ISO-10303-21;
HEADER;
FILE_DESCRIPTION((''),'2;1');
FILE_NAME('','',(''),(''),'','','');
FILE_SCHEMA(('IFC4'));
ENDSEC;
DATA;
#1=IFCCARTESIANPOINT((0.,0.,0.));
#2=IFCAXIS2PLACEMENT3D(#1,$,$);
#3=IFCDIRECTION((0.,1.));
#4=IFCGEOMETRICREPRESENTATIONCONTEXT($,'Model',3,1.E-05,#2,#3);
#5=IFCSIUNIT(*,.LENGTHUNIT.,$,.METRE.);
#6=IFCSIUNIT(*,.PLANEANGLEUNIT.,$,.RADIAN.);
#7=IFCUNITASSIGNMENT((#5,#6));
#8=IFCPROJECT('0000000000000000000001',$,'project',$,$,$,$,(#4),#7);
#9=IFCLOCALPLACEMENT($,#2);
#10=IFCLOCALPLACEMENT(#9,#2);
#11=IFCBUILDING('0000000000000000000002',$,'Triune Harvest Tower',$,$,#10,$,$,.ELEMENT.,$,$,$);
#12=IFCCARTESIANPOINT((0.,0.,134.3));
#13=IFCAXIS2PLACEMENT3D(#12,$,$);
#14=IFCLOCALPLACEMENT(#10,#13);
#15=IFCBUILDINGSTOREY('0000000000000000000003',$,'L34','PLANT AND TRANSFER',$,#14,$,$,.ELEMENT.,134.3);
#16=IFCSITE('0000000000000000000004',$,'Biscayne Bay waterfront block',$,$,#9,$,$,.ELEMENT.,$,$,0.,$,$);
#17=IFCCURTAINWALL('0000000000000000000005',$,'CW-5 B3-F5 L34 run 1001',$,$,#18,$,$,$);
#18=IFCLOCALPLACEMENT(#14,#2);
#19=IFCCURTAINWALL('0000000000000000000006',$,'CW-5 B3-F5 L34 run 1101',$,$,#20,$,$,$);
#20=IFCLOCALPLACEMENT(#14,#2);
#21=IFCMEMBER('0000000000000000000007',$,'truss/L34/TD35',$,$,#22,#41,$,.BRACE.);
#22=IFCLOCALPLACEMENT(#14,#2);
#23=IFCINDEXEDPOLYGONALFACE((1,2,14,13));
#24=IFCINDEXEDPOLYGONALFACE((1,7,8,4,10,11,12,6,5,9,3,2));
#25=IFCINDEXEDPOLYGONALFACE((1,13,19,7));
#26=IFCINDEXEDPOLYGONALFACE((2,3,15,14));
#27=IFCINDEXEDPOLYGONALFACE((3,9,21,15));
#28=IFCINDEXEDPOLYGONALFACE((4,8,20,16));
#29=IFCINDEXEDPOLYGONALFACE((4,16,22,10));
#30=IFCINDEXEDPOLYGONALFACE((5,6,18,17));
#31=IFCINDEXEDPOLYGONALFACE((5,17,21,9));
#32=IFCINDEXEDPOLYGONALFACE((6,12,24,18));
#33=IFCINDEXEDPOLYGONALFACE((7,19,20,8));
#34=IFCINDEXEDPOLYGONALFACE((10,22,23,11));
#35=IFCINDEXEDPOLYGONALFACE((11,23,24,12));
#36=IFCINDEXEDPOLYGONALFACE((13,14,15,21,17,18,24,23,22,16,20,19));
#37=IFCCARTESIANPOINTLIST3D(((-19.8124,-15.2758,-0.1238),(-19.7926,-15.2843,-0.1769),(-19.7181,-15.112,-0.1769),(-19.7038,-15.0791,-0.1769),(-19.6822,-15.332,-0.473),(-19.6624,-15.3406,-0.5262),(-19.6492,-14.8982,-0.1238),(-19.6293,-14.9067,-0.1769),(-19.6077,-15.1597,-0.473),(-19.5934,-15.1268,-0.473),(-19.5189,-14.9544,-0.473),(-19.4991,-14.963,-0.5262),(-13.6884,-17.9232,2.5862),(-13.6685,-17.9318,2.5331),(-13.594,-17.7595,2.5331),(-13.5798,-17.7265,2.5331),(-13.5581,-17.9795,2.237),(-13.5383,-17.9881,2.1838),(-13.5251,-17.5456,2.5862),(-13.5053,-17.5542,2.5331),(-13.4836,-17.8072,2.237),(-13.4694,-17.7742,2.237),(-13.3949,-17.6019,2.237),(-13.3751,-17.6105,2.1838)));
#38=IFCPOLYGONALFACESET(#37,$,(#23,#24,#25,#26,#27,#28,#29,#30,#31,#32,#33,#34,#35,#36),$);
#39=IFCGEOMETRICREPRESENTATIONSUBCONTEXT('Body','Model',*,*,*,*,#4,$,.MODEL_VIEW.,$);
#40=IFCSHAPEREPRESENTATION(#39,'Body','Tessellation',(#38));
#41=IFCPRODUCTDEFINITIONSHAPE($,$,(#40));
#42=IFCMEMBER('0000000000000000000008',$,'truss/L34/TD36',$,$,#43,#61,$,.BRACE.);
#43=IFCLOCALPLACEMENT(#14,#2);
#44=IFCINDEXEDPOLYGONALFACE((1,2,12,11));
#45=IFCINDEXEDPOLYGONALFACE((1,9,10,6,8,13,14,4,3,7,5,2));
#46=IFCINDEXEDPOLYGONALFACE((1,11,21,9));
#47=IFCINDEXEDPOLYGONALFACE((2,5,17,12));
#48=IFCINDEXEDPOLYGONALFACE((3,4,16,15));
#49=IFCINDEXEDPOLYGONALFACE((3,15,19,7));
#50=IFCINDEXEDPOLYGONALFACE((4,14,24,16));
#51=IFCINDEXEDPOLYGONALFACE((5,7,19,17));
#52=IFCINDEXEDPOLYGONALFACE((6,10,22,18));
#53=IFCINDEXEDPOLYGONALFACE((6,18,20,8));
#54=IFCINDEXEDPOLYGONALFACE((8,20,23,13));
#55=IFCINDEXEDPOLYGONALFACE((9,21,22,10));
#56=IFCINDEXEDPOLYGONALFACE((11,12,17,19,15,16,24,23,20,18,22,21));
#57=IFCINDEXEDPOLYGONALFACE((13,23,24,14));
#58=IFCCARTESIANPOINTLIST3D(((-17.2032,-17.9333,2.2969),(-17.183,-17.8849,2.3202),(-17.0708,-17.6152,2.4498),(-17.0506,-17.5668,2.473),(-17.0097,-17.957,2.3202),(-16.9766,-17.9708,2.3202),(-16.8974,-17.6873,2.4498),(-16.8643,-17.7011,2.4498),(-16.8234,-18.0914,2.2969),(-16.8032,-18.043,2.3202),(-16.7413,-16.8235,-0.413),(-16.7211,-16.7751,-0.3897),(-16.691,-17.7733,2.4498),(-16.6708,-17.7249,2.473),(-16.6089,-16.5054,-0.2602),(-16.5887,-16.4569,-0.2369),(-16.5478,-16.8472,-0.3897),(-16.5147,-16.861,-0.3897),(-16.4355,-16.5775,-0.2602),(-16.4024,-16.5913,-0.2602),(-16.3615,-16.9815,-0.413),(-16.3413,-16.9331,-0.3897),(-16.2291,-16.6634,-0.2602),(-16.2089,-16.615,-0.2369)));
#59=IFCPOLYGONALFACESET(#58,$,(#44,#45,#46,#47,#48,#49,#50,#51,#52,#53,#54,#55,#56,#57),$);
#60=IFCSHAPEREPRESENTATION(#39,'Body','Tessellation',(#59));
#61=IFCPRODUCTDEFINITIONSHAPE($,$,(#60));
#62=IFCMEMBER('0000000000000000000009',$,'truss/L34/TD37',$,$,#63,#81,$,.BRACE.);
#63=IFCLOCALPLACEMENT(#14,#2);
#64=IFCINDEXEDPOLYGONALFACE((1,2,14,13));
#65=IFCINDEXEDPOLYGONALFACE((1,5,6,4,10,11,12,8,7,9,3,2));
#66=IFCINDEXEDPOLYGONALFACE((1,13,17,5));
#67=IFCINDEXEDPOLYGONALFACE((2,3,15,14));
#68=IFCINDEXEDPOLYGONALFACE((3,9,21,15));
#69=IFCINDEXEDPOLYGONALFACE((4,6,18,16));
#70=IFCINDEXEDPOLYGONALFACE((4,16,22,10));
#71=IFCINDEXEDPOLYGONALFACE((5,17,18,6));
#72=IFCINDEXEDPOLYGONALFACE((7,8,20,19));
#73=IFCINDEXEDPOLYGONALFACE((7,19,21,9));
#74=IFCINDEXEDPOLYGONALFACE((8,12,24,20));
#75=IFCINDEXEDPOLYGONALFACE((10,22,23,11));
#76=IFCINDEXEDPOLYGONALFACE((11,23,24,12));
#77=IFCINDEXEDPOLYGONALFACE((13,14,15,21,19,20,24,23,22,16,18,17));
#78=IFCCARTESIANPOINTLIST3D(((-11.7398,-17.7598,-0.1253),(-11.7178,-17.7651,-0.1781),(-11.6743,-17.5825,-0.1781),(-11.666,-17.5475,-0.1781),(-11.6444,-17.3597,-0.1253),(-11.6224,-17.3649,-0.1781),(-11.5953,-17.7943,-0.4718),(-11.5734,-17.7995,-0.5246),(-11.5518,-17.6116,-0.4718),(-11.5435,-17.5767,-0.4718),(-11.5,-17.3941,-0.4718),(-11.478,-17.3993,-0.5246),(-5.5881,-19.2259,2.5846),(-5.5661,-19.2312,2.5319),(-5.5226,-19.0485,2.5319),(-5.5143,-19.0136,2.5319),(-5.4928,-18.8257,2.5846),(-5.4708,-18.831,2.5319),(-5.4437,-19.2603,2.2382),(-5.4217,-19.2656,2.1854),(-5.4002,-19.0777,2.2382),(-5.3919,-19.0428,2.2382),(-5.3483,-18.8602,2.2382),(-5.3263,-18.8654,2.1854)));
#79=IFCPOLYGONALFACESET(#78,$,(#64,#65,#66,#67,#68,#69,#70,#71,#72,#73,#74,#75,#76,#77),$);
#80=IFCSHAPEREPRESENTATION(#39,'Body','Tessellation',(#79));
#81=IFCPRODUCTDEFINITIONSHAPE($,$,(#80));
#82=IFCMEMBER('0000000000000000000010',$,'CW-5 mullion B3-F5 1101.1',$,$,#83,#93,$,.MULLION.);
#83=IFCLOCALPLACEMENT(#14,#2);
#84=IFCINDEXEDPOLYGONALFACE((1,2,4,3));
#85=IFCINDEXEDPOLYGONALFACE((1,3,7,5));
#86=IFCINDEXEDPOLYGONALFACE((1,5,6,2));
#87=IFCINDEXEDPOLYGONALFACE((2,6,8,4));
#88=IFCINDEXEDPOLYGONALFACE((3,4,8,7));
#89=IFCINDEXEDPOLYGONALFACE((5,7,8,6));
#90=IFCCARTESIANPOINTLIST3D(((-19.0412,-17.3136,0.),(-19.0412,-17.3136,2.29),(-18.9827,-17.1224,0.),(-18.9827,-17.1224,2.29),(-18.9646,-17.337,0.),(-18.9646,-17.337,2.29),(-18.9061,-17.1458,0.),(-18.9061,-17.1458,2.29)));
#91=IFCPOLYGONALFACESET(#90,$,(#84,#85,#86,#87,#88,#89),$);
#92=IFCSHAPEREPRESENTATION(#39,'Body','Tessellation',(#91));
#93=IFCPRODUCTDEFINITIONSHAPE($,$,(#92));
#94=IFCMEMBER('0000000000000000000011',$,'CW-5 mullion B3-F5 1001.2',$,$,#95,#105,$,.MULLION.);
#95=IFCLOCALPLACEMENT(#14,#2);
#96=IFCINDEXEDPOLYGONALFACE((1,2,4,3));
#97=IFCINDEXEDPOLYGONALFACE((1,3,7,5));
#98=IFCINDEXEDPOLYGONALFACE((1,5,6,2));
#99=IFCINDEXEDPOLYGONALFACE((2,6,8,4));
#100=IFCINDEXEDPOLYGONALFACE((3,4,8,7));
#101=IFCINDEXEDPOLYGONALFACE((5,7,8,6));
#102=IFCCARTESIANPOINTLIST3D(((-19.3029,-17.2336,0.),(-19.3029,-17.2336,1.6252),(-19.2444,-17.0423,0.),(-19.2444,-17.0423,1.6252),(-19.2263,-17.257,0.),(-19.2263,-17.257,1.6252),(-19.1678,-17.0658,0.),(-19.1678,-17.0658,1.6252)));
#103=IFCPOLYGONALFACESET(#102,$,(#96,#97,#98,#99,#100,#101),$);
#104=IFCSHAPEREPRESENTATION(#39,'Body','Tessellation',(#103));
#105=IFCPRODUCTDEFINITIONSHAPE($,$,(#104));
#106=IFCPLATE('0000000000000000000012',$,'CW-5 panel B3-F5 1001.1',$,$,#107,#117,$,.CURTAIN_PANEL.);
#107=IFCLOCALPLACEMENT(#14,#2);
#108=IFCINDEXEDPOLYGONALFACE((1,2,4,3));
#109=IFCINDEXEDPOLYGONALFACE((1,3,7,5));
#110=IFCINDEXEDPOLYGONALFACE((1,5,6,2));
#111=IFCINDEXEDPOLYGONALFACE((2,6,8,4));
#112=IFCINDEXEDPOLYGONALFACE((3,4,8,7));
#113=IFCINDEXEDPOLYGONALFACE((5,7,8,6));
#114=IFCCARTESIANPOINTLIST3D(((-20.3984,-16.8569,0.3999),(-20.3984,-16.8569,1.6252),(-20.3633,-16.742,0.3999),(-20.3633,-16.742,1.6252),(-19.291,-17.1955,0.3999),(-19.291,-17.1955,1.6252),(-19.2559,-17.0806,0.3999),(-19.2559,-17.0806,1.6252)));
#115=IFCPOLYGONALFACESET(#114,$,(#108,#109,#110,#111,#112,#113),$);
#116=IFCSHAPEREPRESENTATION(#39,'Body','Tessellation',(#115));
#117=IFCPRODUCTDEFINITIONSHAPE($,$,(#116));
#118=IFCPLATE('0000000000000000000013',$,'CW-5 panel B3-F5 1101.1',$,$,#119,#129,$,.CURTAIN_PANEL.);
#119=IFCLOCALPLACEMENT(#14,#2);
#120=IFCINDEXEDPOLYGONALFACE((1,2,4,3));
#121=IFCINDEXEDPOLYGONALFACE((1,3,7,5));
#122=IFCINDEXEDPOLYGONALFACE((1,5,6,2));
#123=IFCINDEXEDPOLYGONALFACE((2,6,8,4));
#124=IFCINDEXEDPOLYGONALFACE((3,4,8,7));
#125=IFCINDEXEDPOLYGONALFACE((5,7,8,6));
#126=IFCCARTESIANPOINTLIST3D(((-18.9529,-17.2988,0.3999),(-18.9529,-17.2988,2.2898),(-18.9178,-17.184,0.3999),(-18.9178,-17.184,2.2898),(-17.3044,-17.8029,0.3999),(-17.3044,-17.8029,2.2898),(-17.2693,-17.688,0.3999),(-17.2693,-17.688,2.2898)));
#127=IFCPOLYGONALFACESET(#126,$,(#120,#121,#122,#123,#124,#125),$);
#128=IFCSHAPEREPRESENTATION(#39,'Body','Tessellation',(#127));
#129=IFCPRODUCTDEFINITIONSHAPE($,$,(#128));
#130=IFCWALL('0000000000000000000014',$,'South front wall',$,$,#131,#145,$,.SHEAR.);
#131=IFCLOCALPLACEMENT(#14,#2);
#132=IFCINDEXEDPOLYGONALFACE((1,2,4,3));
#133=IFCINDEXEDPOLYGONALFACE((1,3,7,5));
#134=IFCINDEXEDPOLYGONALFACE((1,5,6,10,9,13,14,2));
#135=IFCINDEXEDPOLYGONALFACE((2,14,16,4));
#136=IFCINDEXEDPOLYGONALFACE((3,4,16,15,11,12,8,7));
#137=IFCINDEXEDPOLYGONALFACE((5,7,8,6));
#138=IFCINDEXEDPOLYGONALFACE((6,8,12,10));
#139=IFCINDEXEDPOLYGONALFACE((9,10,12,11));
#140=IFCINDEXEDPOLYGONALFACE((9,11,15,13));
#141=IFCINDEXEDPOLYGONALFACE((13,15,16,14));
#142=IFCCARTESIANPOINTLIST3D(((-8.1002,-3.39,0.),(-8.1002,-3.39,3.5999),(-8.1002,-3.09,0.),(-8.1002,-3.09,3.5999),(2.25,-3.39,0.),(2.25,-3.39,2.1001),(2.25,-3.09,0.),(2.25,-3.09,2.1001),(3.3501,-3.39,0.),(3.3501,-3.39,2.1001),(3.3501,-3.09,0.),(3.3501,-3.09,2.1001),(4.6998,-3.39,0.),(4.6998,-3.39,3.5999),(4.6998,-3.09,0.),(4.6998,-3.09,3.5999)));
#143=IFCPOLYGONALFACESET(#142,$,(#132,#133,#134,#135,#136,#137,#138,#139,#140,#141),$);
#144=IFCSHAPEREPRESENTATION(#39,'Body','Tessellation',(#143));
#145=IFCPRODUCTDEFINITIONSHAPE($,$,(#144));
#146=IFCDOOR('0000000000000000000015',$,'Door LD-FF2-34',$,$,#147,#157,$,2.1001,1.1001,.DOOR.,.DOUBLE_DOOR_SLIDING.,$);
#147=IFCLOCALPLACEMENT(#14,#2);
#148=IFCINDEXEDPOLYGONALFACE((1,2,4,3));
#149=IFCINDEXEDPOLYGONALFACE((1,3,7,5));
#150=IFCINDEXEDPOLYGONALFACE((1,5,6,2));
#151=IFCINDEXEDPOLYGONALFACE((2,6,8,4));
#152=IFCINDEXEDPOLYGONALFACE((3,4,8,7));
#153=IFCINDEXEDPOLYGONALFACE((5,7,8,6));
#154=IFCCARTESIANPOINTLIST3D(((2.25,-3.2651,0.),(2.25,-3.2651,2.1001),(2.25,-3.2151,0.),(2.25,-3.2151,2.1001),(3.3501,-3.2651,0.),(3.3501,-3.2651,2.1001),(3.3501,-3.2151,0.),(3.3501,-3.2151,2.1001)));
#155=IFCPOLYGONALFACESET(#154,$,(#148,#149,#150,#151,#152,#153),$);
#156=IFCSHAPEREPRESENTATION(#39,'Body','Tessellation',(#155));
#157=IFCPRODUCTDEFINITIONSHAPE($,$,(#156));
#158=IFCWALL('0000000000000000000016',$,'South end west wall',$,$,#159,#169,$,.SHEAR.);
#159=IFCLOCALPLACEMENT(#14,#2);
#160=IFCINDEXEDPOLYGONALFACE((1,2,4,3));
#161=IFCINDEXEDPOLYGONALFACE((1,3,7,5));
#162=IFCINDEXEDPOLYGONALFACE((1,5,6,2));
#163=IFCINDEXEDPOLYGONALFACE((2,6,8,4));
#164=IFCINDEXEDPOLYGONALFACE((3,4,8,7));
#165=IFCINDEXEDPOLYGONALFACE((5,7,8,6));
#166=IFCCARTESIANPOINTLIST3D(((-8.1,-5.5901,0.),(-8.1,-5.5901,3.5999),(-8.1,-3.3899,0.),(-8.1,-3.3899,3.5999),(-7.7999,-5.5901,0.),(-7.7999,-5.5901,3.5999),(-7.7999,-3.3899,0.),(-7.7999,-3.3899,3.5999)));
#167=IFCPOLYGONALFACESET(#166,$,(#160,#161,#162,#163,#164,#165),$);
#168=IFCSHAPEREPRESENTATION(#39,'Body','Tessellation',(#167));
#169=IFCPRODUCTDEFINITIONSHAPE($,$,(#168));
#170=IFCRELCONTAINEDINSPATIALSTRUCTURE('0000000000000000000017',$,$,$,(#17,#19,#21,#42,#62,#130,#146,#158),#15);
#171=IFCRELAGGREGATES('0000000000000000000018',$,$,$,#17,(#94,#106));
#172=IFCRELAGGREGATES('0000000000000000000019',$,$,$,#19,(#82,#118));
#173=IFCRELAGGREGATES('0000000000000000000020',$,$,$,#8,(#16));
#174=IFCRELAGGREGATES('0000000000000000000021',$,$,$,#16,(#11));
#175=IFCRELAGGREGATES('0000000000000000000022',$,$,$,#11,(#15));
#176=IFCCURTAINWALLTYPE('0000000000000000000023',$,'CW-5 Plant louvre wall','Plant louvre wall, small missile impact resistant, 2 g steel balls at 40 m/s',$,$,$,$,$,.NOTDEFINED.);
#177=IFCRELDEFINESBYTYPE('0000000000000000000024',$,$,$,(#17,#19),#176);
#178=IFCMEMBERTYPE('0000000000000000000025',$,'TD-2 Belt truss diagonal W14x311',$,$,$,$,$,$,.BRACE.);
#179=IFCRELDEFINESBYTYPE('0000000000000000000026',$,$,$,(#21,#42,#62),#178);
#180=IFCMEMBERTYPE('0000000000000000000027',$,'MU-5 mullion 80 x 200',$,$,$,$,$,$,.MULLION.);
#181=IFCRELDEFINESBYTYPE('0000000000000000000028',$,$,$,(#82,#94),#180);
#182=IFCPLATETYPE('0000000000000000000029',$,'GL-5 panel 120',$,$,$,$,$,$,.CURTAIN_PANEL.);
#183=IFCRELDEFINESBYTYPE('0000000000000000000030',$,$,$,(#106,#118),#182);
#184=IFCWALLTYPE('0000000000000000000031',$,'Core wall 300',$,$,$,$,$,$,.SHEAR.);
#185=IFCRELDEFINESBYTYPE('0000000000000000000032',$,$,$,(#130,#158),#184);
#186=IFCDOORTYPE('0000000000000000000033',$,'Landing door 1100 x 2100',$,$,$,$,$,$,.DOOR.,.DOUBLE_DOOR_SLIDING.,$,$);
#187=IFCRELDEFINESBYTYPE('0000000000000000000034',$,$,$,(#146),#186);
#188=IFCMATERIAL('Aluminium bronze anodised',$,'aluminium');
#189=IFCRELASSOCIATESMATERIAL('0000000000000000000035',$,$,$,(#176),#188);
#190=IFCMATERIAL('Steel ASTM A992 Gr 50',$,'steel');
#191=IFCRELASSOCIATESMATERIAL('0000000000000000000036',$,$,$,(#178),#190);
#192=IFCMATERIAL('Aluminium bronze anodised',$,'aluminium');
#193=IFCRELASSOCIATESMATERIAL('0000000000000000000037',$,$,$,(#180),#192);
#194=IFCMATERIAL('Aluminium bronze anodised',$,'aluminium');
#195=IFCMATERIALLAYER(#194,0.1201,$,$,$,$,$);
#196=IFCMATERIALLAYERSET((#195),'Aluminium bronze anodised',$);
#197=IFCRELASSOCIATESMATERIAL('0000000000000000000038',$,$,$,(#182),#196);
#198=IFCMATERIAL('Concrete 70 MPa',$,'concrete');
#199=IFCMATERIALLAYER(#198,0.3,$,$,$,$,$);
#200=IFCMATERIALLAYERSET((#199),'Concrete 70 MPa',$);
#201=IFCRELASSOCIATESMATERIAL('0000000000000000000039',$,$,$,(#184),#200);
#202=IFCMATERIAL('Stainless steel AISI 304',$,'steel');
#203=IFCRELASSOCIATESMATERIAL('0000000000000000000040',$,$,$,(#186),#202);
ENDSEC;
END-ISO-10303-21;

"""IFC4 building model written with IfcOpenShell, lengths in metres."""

from ifc_helpers import new_model, si_unit, direction, frame, frame_2d, origin, origin_2d, place, context, subcontext, project, spatial, rectangle, i_section, extrude, source, transform, mapped, material, layer, layer_set, material_profile, profile_set, type_object, element, fill, aggregate, save


model = new_model("IFC4")

# Units and contexts
model_context = context("Model", 3, precision=1e-05, world=origin(), true_north=direction((0.0, 1.0)))
body_context = subcontext(model_context, "Body", "Model", "MODEL_VIEW")
ifc_project = project(units=[si_unit("LENGTHUNIT", "METRE"), si_unit("PLANEANGLEUNIT", "RADIAN")], contexts=[model_context])

# Site, building, storey
site_placement = place(None, origin())
site = spatial("IfcSite", under=ifc_project, at=site_placement, Name="Biscayne Bay waterfront block", CompositionType="ELEMENT", RefElevation=0.0)
building_placement = place(site_placement, origin())
building = spatial("IfcBuilding", under=site, at=building_placement, Name="Triune Harvest Tower", CompositionType="ELEMENT")
storey_placement = place(building_placement, frame((0.0, 0.0, 134.3)))
storey = spatial("IfcBuildingStorey", under=building, at=storey_placement, Name="L34", Description="PLANT AND TRANSFER", CompositionType="ELEMENT", Elevation=134.3)

# Curtain walls
ifc_material_1 = material(Name="Aluminium bronze anodised", Category="aluminium")
curtain_wall_type = type_object("IfcCurtainWallType", Name="CW-5 Plant louvre wall", Description="Plant louvre wall, small missile impact resistant, 2 g steel balls at 40 m/s", PredefinedType="NOTDEFINED", material=ifc_material_1)
curtain_wall_1_placement = place(storey_placement, origin())
curtain_wall_1 = element("IfcCurtainWall", 1, at=curtain_wall_1_placement, inside=storey, type_object=curtain_wall_type, Name="CW-5 B3-F5 L34 run 1001")
curtain_wall_2_placement = place(storey_placement, origin())
curtain_wall_2 = element("IfcCurtainWall", 2, at=curtain_wall_2_placement, inside=storey, type_object=curtain_wall_type, Name="CW-5 B3-F5 L34 run 1101")

# Members
ifc_material_2 = material(Name="Steel ASTM A992 Gr 50", Category="steel")
ifc_material_profile_1 = material_profile(ifc_material_2, i_section(OverallWidth=0.4114, OverallDepth=0.4343, WebThickness=0.0359, FlangeThickness=0.0574, at=origin_2d()), Name="W14x311")
ifc_profile_set_1 = profile_set([ifc_material_profile_1], Name="Steel ASTM A992 Gr 50")
member_type_1 = type_object("IfcMemberType", Name="TD-2 Belt truss diagonal W14x311", PredefinedType="BRACE", material=ifc_profile_set_1)
shared_shape_1 = source(origin(), body_context, "Body", "SweptSolid", [
    extrude(i_section(OverallWidth=0.4114, OverallDepth=0.4343, WebThickness=0.0359, FlangeThickness=0.0574, at=origin_2d()), origin(), (0.0, 0.0, 1.0), 7.2012),
])
member_1_placement = place(storey_placement, frame((-19.6558, -15.1194, -0.325), z_axis=(0.850423, -0.367644, 0.376323), x_axis=(0.396814, 0.917899, 0.0)))
element("IfcMember", 3, at=member_1_placement, inside=storey, type_object=member_type_1, Name="truss/L34/TD35", PredefinedType="BRACE", context=body_context, shape_type="MappedRepresentation", body=[
    mapped(shared_shape_1, transform((0.0, 0.0, 0.0), scale=1.0)),
])
shared_shape_2 = source(origin(), body_context, "Body", "SweptSolid", [
    extrude(i_section(OverallWidth=0.4114, OverallDepth=0.4343, WebThickness=0.0359, FlangeThickness=0.0574, at=origin_2d()), origin(), (0.0, 0.0, 1.0), 2.9646),
])
member_2_placement = place(storey_placement, frame((-16.4751, -16.7192, -0.325), z_axis=(-0.155808, -0.374368, 0.914097), x_axis=(0.923233, -0.38424, 0.0)))
element("IfcMember", 4, at=member_2_placement, inside=storey, type_object=member_type_1, Name="truss/L34/TD36", PredefinedType="BRACE", context=body_context, shape_type="MappedRepresentation", body=[
    mapped(shared_shape_2, transform((0.0, 0.0, 0.0), scale=1.0)),
])
shared_shape_3 = source(origin(), body_context, "Body", "SweptSolid", [
    extrude(i_section(OverallWidth=0.4114, OverallDepth=0.4343, WebThickness=0.0359, FlangeThickness=0.0574, at=origin_2d()), origin(), (0.0, 0.0, 1.0), 6.8801),
])
member_3_placement = place(storey_placement, frame((-11.6089, -17.5796, -0.325), z_axis=(0.894119, -0.213088, 0.393885), x_axis=(0.231829, 0.972756, 0.0)))
element("IfcMember", 5, at=member_3_placement, inside=storey, type_object=member_type_1, Name="truss/L34/TD37", PredefinedType="BRACE", context=body_context, shape_type="MappedRepresentation", body=[
    mapped(shared_shape_3, transform((0.0, 0.0, 0.0), scale=1.0)),
])

# Members
ifc_material_3 = material(Name="Aluminium bronze anodised", Category="aluminium")
ifc_material_profile_2 = material_profile(ifc_material_3, rectangle(XDim=0.2, YDim=0.0801, at=origin_2d()), Name="MU-5 mullion 80 x 200")
ifc_profile_set_2 = profile_set([ifc_material_profile_2], Name="Aluminium bronze anodised")
member_type_2 = type_object("IfcMemberType", Name="MU-5 mullion 80 x 200", PredefinedType="MULLION", material=ifc_profile_set_2)
shared_shape_4 = source(origin(), body_context, "Body", "SweptSolid", [
    extrude(rectangle(XDim=0.2, YDim=0.0801, at=origin_2d()), origin(), (0.0, 0.0, 1.0), 2.29),
])
member_4_placement = place(storey_placement, frame((-18.9736, -17.2297, 0.0), z_axis=(0.0, 0.0, 1.0), x_axis=(0.292384, 0.956301, 0.0)))
member_4 = element("IfcMember", 6, at=member_4_placement, type_object=member_type_2, Name="CW-5 mullion B3-F5 1101.1", PredefinedType="MULLION", context=body_context, shape_type="MappedRepresentation", body=[
    mapped(shared_shape_4, transform((0.0, 0.0, 0.0), scale=1.0)),
])
shared_shape_5 = source(origin(), body_context, "Body", "SweptSolid", [
    extrude(rectangle(XDim=0.2, YDim=0.0801, at=origin_2d()), origin(), (0.0, 0.0, 1.0), 1.6252),
])
member_5_placement = place(storey_placement, frame((-19.2354, -17.1497, 0.0), z_axis=(0.0, 0.0, 1.0), x_axis=(0.292363, 0.956307, 0.0)))
member_5 = element("IfcMember", 7, at=member_5_placement, type_object=member_type_2, Name="CW-5 mullion B3-F5 1001.2", PredefinedType="MULLION", context=body_context, shape_type="MappedRepresentation", body=[
    mapped(shared_shape_5, transform((0.0, 0.0, 0.0), scale=1.0)),
])

# Plates
ifc_material_4 = material(Name="Aluminium bronze anodised", Category="aluminium")
ifc_layer_1 = layer(ifc_material_4, 0.1201)
ifc_layer_set_1 = layer_set([ifc_layer_1], Name="Aluminium bronze anodised")
plate_type = type_object("IfcPlateType", Name="GL-5 panel 120", PredefinedType="CURTAIN_PANEL", material=ifc_layer_set_1)
plate_1_placement = place(storey_placement, frame((-19.8271, -16.9688, 0.3999), z_axis=(0.0, 0.0, 1.0), x_axis=(0.956307, -0.292363, 0.0)))
plate_1 = element("IfcPlate", 8, at=plate_1_placement, type_object=plate_type, Name="CW-5 panel B3-F5 1001.1", PredefinedType="CURTAIN_PANEL", context=body_context, shape_type="SweptSolid", body=[
    extrude(rectangle(XDim=1.158, YDim=0.1201, at=origin_2d()), origin(), (0.0, 0.0, 1.0), 1.2253),
])
aggregate(curtain_wall_1, [member_5, plate_1])
plate_2_placement = place(storey_placement, frame((-18.1111, -17.4934, 0.3999), z_axis=(0.0, 0.0, 1.0), x_axis=(0.956301, -0.292384, 0.0)))
plate_2 = element("IfcPlate", 9, at=plate_2_placement, type_object=plate_type, Name="CW-5 panel B3-F5 1101.1", PredefinedType="CURTAIN_PANEL", context=body_context, shape_type="SweptSolid", body=[
    extrude(rectangle(XDim=1.7239, YDim=0.1201, at=origin_2d()), origin(), (0.0, 0.0, 1.0), 1.8899),
])
aggregate(curtain_wall_2, [member_4, plate_2])

# Wall, opening, door
ifc_material_5 = material(Name="Concrete 70 MPa", Category="concrete")
ifc_layer_2 = layer(ifc_material_5, 0.3)
ifc_layer_set_2 = layer_set([ifc_layer_2], Name="Concrete 70 MPa")
wall_type = type_object("IfcWallType", Name="Core wall 300", PredefinedType="SHEAR", material=ifc_layer_set_2)
wall_1_placement = place(storey_placement, frame((-8.1001, -3.24, 0.0), z_axis=(0.0, 0.0, 1.0), x_axis=(1.0, 0.0, 0.0)))
wall_1 = element("IfcWall", 10, at=wall_1_placement, inside=storey, type_object=wall_type, Name="South front wall", PredefinedType="SHEAR", context=body_context, shape_type="SweptSolid", body=[
    extrude(rectangle(XDim=12.8, YDim=0.3, at=frame_2d((6.3999, 0.0))), origin(), (0.0, 0.0, 1.0), 3.5999),
])
opening_placement = place(wall_1_placement, frame((10.3501, 0.0, 0.0)))
opening = element("IfcOpeningElement", 11, at=opening_placement, cuts=wall_1, PredefinedType="OPENING", context=body_context, shape_type="SweptSolid", body=[
    extrude(rectangle(XDim=1.1001, YDim=2.1001, at=frame_2d((0.55, 1.05))), frame((0.0, 0.1602, 0.0), z_axis=(0.0, -1.0, 0.0), x_axis=(1.0, 0.0, 0.0)), (0.0, 0.0, 1.0), 0.3201),
])
ifc_material_6 = material(Name="Stainless steel AISI 304", Category="steel")
door_type = type_object("IfcDoorType", Name="Landing door 1100 x 2100", OperationType="DOUBLE_DOOR_SLIDING", PredefinedType="DOOR", material=ifc_material_6)
door_placement = place(opening_placement, origin())
door = element("IfcDoor", 12, at=door_placement, inside=storey, type_object=door_type, Name="Door LD-FF2-34", OperationType="DOUBLE_DOOR_SLIDING", OverallHeight=2.1001, OverallWidth=1.1001, PredefinedType="DOOR", context=body_context, shape_type="SweptSolid", body=[
    extrude(rectangle(XDim=1.1001, YDim=2.1001, at=frame_2d((0.55, 1.05))), frame((0.0, 0.0249, 0.0), z_axis=(0.0, -1.0, 0.0), x_axis=(1.0, 0.0, 0.0)), (0.0, 0.0, 1.0), 0.05),
])
fill(opening, door)

# Wall
shared_shape_6 = source(origin(), body_context, "Body", "SweptSolid", [
    extrude(rectangle(XDim=2.2002, YDim=0.3, at=frame_2d((1.1001, 0.0))), origin(), (0.0, 0.0, 1.0), 3.5999),
])
wall_2_placement = place(storey_placement, frame((-7.95, -5.5901, 0.0), z_axis=(0.0, 0.0, 1.0), x_axis=(0.0, 1.0, 0.0)))
element("IfcWall", 13, at=wall_2_placement, inside=storey, type_object=wall_type, Name="South end west wall", PredefinedType="SHEAR", context=body_context, shape_type="MappedRepresentation", body=[
    mapped(shared_shape_6, transform((0.0, 0.0, 0.0), scale=1.0)),
])

save(model, "model.ifc")
